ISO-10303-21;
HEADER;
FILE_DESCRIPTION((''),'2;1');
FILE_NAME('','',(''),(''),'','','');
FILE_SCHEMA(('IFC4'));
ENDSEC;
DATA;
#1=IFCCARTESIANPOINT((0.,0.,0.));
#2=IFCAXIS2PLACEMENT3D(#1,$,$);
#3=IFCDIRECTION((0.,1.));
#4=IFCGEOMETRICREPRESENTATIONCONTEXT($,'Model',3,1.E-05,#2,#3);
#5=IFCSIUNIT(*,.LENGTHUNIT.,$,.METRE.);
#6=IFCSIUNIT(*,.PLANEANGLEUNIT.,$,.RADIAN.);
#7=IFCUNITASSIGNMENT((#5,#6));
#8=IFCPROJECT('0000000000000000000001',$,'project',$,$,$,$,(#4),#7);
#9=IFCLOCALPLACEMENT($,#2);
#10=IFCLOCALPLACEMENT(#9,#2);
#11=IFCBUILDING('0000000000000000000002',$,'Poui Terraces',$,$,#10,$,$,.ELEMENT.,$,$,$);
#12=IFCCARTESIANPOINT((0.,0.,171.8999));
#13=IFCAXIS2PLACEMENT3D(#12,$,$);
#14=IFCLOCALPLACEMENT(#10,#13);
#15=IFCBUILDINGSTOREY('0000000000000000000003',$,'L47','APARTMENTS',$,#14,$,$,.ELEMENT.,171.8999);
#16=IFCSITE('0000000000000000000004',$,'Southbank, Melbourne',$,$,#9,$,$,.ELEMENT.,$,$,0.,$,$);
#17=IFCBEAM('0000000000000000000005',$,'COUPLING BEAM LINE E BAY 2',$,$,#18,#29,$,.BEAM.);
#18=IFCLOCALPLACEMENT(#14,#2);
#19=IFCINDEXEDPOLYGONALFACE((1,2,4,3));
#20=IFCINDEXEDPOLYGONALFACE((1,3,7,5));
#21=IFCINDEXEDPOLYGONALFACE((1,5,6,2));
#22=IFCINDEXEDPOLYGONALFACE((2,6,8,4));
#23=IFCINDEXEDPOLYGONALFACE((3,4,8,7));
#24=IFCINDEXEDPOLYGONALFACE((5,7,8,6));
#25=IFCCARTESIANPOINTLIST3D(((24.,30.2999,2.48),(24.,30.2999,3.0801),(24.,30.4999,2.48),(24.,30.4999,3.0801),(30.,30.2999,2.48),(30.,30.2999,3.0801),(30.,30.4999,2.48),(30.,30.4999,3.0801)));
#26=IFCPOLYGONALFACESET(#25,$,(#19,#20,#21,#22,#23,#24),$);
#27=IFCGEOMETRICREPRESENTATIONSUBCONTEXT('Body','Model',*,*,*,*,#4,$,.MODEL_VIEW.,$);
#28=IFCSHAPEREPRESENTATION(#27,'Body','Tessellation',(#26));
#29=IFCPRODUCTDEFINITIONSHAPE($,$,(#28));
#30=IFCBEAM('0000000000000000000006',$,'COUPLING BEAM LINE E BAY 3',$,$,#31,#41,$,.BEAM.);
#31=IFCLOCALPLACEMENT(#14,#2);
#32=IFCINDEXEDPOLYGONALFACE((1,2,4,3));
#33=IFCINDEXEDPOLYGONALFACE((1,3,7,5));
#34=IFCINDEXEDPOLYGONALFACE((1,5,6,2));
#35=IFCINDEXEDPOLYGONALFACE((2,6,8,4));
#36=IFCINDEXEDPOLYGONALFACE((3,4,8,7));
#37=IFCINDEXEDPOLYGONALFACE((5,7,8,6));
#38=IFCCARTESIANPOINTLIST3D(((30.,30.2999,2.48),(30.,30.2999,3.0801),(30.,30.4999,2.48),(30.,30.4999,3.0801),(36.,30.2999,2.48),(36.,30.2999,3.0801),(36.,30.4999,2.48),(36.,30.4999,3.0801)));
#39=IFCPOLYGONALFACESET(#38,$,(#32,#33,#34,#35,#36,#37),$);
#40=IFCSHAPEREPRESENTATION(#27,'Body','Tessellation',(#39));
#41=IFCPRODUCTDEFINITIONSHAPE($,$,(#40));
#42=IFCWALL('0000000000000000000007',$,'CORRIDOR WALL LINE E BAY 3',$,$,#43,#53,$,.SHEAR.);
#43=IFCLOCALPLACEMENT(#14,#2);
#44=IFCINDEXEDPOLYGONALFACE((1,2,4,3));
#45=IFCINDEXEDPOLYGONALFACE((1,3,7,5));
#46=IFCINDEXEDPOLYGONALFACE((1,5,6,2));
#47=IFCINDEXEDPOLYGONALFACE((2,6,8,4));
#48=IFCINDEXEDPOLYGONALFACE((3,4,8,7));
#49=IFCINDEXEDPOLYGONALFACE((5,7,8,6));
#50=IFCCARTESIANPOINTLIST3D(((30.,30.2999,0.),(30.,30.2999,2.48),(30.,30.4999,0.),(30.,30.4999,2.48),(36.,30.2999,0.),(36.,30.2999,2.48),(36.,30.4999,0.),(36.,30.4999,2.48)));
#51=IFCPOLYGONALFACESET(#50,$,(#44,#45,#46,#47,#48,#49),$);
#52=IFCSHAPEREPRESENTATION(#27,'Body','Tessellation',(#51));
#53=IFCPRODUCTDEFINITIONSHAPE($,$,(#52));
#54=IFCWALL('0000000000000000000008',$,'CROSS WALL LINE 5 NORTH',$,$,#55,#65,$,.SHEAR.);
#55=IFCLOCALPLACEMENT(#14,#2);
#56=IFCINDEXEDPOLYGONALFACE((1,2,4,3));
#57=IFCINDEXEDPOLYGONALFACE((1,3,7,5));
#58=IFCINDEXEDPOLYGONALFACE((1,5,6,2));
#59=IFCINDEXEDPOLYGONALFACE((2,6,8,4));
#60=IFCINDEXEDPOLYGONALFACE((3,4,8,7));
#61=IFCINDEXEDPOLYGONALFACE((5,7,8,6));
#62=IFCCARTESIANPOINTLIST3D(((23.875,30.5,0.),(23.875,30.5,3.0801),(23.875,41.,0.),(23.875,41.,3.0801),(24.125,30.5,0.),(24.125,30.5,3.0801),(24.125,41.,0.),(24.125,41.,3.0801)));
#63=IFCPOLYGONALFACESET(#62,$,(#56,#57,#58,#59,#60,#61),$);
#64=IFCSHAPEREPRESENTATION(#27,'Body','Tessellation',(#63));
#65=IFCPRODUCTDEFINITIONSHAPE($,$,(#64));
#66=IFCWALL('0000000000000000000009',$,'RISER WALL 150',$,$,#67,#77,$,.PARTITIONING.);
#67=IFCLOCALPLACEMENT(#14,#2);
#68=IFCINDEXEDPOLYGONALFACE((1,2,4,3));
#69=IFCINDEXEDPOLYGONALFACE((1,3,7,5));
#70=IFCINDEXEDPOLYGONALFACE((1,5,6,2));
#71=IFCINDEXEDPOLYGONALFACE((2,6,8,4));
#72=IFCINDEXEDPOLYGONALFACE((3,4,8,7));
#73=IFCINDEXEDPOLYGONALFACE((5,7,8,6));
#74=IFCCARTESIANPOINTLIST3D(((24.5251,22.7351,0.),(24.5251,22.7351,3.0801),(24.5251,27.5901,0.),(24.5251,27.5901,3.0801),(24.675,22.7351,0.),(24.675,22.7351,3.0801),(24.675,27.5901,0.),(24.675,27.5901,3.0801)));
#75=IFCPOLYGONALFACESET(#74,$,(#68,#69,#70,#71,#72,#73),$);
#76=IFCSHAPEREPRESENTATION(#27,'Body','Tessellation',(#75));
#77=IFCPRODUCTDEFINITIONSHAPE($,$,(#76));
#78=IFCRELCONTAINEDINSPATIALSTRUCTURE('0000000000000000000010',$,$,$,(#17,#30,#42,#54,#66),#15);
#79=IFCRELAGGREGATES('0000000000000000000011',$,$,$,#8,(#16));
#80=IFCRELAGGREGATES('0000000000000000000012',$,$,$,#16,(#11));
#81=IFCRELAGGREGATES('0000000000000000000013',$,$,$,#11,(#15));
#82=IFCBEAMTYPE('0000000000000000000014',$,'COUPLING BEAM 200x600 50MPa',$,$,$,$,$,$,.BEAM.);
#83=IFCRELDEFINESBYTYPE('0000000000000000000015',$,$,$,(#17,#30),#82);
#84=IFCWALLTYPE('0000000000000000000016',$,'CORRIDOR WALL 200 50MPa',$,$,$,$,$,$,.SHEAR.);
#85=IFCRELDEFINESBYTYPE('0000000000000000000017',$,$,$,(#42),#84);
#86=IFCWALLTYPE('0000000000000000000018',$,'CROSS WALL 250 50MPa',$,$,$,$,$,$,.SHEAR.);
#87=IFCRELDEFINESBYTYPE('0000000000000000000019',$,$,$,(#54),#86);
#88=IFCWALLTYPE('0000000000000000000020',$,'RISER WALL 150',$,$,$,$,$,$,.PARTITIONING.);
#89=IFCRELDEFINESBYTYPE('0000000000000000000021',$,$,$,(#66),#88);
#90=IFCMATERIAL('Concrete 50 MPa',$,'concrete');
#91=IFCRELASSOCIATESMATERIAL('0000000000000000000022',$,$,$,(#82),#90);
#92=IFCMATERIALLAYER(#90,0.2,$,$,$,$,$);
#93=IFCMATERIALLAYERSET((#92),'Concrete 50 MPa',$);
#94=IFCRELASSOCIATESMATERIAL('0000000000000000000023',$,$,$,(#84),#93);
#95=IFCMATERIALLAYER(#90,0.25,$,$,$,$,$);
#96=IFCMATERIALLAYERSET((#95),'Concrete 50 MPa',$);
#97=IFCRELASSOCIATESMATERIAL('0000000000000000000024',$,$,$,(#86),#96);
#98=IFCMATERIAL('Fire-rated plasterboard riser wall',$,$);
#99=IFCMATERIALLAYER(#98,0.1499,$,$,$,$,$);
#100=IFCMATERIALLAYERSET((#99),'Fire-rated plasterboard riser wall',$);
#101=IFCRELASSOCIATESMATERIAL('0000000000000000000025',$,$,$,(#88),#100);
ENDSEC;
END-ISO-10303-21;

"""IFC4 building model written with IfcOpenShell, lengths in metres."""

from ifc_helpers import new_model, si_unit, direction, frame, frame_2d, origin, origin_2d, place, context, subcontext, project, spatial, rectangle, extrude, source, transform, mapped, material, layer, layer_set, material_profile, profile_set, type_object, element, save


model = new_model("IFC4")

# Units and contexts
model_context = context("Model", 3, precision=1e-05, world=origin(), true_north=direction((0.0, 1.0)))
body_context = subcontext(model_context, "Body", "Model", "MODEL_VIEW")
ifc_project = project(units=[si_unit("LENGTHUNIT", "METRE"), si_unit("PLANEANGLEUNIT", "RADIAN")], contexts=[model_context])

# Site, building, storey
site_placement = place(None, origin())
site = spatial("IfcSite", under=ifc_project, at=site_placement, Name="Southbank, Melbourne", CompositionType="ELEMENT", RefElevation=0.0)
building_placement = place(site_placement, origin())
building = spatial("IfcBuilding", under=site, at=building_placement, Name="Poui Terraces", CompositionType="ELEMENT")
storey_placement = place(building_placement, frame((0.0, 0.0, 171.8999)))
storey = spatial("IfcBuildingStorey", under=building, at=storey_placement, Name="L47", Description="APARTMENTS", CompositionType="ELEMENT", Elevation=171.8999)

# Beams
ifc_material_1 = material(Name="Concrete 50 MPa", Category="concrete")
ifc_material_profile = material_profile(ifc_material_1, rectangle(XDim=0.2, YDim=0.6001, at=origin_2d()), Name="RC 200x600")
ifc_profile_set = profile_set([ifc_material_profile], Name="Concrete 50 MPa")
beam_type = type_object("IfcBeamType", Name="COUPLING BEAM 200x600 50MPa", PredefinedType="BEAM", material=ifc_profile_set)
shared_shape = source(origin(), body_context, "Body", "SweptSolid", [
    extrude(rectangle(XDim=0.2, YDim=0.6001, at=origin_2d()), origin(), (0.0, 0.0, 1.0), 6.0),
])
for number, where, z_axis, x_axis, name in (
    (1, (24.0, 30.3999, 2.78), (1.0, 0.0, 0.0), (0.0, 1.0, 0.0), "COUPLING BEAM LINE E BAY 2"),
    (2, (30.0, 30.3999, 2.78), (1.0, 0.0, 0.0), (0.0, 1.0, 0.0), "COUPLING BEAM LINE E BAY 3"),
):
    element("IfcBeam", number, at=place(storey_placement, frame(where, z_axis=z_axis, x_axis=x_axis)), inside=storey, type_object=beam_type, Name=name, PredefinedType="BEAM", context=body_context, shape_type="MappedRepresentation", body=[
        mapped(shared_shape, transform((0.0, 0.0, 0.0))),
    ])

# Walls
ifc_layer_1 = layer(ifc_material_1, 0.2)
ifc_layer_set_1 = layer_set([ifc_layer_1], Name="Concrete 50 MPa")
wall_type_1 = type_object("IfcWallType", Name="CORRIDOR WALL 200 50MPa", PredefinedType="SHEAR", material=ifc_layer_set_1)
wall_1_placement = place(storey_placement, frame((30.0, 30.3999, 0.0), z_axis=(0.0, 0.0, 1.0), x_axis=(1.0, 0.0, 0.0)))
element("IfcWall", 3, at=wall_1_placement, inside=storey, type_object=wall_type_1, Name="CORRIDOR WALL LINE E BAY 3", PredefinedType="SHEAR", context=body_context, shape_type="SweptSolid", body=[
    extrude(rectangle(XDim=6.0, YDim=0.2, at=frame_2d((3.0, 0.0))), origin(), (0.0, 0.0, 1.0), 2.48),
])
ifc_layer_2 = layer(ifc_material_1, 0.25)
ifc_layer_set_2 = layer_set([ifc_layer_2], Name="Concrete 50 MPa")
wall_type_2 = type_object("IfcWallType", Name="CROSS WALL 250 50MPa", PredefinedType="SHEAR", material=ifc_layer_set_2)
wall_2_placement = place(storey_placement, frame((24.0, 30.5, 0.0), z_axis=(0.0, 0.0, 1.0), x_axis=(0.0, 1.0, 0.0)))
element("IfcWall", 4, at=wall_2_placement, inside=storey, type_object=wall_type_2, Name="CROSS WALL LINE 5 NORTH", PredefinedType="SHEAR", context=body_context, shape_type="SweptSolid", body=[
    extrude(rectangle(XDim=10.5, YDim=0.25, at=frame_2d((5.25, 0.0))), origin(), (0.0, 0.0, 1.0), 3.0801),
])
ifc_material_2 = material(Name="Fire-rated plasterboard riser wall")
ifc_layer_3 = layer(ifc_material_2, 0.1499)
ifc_layer_set_3 = layer_set([ifc_layer_3], Name="Fire-rated plasterboard riser wall")
wall_type_3 = type_object("IfcWallType", Name="RISER WALL 150", PredefinedType="PARTITIONING", material=ifc_layer_set_3)
wall_3_placement = place(storey_placement, frame((24.6001, 22.7351, 0.0), z_axis=(0.0, 0.0, 1.0), x_axis=(0.0, 1.0, 0.0)))
element("IfcWall", 5, at=wall_3_placement, inside=storey, type_object=wall_type_3, Name="RISER WALL 150", PredefinedType="PARTITIONING", context=body_context, shape_type="SweptSolid", body=[
    extrude(rectangle(XDim=4.855, YDim=0.1499, at=frame_2d((2.4275, 0.0))), origin(), (0.0, 0.0, 1.0), 3.0801),
])

save(model, "model.ifc")
